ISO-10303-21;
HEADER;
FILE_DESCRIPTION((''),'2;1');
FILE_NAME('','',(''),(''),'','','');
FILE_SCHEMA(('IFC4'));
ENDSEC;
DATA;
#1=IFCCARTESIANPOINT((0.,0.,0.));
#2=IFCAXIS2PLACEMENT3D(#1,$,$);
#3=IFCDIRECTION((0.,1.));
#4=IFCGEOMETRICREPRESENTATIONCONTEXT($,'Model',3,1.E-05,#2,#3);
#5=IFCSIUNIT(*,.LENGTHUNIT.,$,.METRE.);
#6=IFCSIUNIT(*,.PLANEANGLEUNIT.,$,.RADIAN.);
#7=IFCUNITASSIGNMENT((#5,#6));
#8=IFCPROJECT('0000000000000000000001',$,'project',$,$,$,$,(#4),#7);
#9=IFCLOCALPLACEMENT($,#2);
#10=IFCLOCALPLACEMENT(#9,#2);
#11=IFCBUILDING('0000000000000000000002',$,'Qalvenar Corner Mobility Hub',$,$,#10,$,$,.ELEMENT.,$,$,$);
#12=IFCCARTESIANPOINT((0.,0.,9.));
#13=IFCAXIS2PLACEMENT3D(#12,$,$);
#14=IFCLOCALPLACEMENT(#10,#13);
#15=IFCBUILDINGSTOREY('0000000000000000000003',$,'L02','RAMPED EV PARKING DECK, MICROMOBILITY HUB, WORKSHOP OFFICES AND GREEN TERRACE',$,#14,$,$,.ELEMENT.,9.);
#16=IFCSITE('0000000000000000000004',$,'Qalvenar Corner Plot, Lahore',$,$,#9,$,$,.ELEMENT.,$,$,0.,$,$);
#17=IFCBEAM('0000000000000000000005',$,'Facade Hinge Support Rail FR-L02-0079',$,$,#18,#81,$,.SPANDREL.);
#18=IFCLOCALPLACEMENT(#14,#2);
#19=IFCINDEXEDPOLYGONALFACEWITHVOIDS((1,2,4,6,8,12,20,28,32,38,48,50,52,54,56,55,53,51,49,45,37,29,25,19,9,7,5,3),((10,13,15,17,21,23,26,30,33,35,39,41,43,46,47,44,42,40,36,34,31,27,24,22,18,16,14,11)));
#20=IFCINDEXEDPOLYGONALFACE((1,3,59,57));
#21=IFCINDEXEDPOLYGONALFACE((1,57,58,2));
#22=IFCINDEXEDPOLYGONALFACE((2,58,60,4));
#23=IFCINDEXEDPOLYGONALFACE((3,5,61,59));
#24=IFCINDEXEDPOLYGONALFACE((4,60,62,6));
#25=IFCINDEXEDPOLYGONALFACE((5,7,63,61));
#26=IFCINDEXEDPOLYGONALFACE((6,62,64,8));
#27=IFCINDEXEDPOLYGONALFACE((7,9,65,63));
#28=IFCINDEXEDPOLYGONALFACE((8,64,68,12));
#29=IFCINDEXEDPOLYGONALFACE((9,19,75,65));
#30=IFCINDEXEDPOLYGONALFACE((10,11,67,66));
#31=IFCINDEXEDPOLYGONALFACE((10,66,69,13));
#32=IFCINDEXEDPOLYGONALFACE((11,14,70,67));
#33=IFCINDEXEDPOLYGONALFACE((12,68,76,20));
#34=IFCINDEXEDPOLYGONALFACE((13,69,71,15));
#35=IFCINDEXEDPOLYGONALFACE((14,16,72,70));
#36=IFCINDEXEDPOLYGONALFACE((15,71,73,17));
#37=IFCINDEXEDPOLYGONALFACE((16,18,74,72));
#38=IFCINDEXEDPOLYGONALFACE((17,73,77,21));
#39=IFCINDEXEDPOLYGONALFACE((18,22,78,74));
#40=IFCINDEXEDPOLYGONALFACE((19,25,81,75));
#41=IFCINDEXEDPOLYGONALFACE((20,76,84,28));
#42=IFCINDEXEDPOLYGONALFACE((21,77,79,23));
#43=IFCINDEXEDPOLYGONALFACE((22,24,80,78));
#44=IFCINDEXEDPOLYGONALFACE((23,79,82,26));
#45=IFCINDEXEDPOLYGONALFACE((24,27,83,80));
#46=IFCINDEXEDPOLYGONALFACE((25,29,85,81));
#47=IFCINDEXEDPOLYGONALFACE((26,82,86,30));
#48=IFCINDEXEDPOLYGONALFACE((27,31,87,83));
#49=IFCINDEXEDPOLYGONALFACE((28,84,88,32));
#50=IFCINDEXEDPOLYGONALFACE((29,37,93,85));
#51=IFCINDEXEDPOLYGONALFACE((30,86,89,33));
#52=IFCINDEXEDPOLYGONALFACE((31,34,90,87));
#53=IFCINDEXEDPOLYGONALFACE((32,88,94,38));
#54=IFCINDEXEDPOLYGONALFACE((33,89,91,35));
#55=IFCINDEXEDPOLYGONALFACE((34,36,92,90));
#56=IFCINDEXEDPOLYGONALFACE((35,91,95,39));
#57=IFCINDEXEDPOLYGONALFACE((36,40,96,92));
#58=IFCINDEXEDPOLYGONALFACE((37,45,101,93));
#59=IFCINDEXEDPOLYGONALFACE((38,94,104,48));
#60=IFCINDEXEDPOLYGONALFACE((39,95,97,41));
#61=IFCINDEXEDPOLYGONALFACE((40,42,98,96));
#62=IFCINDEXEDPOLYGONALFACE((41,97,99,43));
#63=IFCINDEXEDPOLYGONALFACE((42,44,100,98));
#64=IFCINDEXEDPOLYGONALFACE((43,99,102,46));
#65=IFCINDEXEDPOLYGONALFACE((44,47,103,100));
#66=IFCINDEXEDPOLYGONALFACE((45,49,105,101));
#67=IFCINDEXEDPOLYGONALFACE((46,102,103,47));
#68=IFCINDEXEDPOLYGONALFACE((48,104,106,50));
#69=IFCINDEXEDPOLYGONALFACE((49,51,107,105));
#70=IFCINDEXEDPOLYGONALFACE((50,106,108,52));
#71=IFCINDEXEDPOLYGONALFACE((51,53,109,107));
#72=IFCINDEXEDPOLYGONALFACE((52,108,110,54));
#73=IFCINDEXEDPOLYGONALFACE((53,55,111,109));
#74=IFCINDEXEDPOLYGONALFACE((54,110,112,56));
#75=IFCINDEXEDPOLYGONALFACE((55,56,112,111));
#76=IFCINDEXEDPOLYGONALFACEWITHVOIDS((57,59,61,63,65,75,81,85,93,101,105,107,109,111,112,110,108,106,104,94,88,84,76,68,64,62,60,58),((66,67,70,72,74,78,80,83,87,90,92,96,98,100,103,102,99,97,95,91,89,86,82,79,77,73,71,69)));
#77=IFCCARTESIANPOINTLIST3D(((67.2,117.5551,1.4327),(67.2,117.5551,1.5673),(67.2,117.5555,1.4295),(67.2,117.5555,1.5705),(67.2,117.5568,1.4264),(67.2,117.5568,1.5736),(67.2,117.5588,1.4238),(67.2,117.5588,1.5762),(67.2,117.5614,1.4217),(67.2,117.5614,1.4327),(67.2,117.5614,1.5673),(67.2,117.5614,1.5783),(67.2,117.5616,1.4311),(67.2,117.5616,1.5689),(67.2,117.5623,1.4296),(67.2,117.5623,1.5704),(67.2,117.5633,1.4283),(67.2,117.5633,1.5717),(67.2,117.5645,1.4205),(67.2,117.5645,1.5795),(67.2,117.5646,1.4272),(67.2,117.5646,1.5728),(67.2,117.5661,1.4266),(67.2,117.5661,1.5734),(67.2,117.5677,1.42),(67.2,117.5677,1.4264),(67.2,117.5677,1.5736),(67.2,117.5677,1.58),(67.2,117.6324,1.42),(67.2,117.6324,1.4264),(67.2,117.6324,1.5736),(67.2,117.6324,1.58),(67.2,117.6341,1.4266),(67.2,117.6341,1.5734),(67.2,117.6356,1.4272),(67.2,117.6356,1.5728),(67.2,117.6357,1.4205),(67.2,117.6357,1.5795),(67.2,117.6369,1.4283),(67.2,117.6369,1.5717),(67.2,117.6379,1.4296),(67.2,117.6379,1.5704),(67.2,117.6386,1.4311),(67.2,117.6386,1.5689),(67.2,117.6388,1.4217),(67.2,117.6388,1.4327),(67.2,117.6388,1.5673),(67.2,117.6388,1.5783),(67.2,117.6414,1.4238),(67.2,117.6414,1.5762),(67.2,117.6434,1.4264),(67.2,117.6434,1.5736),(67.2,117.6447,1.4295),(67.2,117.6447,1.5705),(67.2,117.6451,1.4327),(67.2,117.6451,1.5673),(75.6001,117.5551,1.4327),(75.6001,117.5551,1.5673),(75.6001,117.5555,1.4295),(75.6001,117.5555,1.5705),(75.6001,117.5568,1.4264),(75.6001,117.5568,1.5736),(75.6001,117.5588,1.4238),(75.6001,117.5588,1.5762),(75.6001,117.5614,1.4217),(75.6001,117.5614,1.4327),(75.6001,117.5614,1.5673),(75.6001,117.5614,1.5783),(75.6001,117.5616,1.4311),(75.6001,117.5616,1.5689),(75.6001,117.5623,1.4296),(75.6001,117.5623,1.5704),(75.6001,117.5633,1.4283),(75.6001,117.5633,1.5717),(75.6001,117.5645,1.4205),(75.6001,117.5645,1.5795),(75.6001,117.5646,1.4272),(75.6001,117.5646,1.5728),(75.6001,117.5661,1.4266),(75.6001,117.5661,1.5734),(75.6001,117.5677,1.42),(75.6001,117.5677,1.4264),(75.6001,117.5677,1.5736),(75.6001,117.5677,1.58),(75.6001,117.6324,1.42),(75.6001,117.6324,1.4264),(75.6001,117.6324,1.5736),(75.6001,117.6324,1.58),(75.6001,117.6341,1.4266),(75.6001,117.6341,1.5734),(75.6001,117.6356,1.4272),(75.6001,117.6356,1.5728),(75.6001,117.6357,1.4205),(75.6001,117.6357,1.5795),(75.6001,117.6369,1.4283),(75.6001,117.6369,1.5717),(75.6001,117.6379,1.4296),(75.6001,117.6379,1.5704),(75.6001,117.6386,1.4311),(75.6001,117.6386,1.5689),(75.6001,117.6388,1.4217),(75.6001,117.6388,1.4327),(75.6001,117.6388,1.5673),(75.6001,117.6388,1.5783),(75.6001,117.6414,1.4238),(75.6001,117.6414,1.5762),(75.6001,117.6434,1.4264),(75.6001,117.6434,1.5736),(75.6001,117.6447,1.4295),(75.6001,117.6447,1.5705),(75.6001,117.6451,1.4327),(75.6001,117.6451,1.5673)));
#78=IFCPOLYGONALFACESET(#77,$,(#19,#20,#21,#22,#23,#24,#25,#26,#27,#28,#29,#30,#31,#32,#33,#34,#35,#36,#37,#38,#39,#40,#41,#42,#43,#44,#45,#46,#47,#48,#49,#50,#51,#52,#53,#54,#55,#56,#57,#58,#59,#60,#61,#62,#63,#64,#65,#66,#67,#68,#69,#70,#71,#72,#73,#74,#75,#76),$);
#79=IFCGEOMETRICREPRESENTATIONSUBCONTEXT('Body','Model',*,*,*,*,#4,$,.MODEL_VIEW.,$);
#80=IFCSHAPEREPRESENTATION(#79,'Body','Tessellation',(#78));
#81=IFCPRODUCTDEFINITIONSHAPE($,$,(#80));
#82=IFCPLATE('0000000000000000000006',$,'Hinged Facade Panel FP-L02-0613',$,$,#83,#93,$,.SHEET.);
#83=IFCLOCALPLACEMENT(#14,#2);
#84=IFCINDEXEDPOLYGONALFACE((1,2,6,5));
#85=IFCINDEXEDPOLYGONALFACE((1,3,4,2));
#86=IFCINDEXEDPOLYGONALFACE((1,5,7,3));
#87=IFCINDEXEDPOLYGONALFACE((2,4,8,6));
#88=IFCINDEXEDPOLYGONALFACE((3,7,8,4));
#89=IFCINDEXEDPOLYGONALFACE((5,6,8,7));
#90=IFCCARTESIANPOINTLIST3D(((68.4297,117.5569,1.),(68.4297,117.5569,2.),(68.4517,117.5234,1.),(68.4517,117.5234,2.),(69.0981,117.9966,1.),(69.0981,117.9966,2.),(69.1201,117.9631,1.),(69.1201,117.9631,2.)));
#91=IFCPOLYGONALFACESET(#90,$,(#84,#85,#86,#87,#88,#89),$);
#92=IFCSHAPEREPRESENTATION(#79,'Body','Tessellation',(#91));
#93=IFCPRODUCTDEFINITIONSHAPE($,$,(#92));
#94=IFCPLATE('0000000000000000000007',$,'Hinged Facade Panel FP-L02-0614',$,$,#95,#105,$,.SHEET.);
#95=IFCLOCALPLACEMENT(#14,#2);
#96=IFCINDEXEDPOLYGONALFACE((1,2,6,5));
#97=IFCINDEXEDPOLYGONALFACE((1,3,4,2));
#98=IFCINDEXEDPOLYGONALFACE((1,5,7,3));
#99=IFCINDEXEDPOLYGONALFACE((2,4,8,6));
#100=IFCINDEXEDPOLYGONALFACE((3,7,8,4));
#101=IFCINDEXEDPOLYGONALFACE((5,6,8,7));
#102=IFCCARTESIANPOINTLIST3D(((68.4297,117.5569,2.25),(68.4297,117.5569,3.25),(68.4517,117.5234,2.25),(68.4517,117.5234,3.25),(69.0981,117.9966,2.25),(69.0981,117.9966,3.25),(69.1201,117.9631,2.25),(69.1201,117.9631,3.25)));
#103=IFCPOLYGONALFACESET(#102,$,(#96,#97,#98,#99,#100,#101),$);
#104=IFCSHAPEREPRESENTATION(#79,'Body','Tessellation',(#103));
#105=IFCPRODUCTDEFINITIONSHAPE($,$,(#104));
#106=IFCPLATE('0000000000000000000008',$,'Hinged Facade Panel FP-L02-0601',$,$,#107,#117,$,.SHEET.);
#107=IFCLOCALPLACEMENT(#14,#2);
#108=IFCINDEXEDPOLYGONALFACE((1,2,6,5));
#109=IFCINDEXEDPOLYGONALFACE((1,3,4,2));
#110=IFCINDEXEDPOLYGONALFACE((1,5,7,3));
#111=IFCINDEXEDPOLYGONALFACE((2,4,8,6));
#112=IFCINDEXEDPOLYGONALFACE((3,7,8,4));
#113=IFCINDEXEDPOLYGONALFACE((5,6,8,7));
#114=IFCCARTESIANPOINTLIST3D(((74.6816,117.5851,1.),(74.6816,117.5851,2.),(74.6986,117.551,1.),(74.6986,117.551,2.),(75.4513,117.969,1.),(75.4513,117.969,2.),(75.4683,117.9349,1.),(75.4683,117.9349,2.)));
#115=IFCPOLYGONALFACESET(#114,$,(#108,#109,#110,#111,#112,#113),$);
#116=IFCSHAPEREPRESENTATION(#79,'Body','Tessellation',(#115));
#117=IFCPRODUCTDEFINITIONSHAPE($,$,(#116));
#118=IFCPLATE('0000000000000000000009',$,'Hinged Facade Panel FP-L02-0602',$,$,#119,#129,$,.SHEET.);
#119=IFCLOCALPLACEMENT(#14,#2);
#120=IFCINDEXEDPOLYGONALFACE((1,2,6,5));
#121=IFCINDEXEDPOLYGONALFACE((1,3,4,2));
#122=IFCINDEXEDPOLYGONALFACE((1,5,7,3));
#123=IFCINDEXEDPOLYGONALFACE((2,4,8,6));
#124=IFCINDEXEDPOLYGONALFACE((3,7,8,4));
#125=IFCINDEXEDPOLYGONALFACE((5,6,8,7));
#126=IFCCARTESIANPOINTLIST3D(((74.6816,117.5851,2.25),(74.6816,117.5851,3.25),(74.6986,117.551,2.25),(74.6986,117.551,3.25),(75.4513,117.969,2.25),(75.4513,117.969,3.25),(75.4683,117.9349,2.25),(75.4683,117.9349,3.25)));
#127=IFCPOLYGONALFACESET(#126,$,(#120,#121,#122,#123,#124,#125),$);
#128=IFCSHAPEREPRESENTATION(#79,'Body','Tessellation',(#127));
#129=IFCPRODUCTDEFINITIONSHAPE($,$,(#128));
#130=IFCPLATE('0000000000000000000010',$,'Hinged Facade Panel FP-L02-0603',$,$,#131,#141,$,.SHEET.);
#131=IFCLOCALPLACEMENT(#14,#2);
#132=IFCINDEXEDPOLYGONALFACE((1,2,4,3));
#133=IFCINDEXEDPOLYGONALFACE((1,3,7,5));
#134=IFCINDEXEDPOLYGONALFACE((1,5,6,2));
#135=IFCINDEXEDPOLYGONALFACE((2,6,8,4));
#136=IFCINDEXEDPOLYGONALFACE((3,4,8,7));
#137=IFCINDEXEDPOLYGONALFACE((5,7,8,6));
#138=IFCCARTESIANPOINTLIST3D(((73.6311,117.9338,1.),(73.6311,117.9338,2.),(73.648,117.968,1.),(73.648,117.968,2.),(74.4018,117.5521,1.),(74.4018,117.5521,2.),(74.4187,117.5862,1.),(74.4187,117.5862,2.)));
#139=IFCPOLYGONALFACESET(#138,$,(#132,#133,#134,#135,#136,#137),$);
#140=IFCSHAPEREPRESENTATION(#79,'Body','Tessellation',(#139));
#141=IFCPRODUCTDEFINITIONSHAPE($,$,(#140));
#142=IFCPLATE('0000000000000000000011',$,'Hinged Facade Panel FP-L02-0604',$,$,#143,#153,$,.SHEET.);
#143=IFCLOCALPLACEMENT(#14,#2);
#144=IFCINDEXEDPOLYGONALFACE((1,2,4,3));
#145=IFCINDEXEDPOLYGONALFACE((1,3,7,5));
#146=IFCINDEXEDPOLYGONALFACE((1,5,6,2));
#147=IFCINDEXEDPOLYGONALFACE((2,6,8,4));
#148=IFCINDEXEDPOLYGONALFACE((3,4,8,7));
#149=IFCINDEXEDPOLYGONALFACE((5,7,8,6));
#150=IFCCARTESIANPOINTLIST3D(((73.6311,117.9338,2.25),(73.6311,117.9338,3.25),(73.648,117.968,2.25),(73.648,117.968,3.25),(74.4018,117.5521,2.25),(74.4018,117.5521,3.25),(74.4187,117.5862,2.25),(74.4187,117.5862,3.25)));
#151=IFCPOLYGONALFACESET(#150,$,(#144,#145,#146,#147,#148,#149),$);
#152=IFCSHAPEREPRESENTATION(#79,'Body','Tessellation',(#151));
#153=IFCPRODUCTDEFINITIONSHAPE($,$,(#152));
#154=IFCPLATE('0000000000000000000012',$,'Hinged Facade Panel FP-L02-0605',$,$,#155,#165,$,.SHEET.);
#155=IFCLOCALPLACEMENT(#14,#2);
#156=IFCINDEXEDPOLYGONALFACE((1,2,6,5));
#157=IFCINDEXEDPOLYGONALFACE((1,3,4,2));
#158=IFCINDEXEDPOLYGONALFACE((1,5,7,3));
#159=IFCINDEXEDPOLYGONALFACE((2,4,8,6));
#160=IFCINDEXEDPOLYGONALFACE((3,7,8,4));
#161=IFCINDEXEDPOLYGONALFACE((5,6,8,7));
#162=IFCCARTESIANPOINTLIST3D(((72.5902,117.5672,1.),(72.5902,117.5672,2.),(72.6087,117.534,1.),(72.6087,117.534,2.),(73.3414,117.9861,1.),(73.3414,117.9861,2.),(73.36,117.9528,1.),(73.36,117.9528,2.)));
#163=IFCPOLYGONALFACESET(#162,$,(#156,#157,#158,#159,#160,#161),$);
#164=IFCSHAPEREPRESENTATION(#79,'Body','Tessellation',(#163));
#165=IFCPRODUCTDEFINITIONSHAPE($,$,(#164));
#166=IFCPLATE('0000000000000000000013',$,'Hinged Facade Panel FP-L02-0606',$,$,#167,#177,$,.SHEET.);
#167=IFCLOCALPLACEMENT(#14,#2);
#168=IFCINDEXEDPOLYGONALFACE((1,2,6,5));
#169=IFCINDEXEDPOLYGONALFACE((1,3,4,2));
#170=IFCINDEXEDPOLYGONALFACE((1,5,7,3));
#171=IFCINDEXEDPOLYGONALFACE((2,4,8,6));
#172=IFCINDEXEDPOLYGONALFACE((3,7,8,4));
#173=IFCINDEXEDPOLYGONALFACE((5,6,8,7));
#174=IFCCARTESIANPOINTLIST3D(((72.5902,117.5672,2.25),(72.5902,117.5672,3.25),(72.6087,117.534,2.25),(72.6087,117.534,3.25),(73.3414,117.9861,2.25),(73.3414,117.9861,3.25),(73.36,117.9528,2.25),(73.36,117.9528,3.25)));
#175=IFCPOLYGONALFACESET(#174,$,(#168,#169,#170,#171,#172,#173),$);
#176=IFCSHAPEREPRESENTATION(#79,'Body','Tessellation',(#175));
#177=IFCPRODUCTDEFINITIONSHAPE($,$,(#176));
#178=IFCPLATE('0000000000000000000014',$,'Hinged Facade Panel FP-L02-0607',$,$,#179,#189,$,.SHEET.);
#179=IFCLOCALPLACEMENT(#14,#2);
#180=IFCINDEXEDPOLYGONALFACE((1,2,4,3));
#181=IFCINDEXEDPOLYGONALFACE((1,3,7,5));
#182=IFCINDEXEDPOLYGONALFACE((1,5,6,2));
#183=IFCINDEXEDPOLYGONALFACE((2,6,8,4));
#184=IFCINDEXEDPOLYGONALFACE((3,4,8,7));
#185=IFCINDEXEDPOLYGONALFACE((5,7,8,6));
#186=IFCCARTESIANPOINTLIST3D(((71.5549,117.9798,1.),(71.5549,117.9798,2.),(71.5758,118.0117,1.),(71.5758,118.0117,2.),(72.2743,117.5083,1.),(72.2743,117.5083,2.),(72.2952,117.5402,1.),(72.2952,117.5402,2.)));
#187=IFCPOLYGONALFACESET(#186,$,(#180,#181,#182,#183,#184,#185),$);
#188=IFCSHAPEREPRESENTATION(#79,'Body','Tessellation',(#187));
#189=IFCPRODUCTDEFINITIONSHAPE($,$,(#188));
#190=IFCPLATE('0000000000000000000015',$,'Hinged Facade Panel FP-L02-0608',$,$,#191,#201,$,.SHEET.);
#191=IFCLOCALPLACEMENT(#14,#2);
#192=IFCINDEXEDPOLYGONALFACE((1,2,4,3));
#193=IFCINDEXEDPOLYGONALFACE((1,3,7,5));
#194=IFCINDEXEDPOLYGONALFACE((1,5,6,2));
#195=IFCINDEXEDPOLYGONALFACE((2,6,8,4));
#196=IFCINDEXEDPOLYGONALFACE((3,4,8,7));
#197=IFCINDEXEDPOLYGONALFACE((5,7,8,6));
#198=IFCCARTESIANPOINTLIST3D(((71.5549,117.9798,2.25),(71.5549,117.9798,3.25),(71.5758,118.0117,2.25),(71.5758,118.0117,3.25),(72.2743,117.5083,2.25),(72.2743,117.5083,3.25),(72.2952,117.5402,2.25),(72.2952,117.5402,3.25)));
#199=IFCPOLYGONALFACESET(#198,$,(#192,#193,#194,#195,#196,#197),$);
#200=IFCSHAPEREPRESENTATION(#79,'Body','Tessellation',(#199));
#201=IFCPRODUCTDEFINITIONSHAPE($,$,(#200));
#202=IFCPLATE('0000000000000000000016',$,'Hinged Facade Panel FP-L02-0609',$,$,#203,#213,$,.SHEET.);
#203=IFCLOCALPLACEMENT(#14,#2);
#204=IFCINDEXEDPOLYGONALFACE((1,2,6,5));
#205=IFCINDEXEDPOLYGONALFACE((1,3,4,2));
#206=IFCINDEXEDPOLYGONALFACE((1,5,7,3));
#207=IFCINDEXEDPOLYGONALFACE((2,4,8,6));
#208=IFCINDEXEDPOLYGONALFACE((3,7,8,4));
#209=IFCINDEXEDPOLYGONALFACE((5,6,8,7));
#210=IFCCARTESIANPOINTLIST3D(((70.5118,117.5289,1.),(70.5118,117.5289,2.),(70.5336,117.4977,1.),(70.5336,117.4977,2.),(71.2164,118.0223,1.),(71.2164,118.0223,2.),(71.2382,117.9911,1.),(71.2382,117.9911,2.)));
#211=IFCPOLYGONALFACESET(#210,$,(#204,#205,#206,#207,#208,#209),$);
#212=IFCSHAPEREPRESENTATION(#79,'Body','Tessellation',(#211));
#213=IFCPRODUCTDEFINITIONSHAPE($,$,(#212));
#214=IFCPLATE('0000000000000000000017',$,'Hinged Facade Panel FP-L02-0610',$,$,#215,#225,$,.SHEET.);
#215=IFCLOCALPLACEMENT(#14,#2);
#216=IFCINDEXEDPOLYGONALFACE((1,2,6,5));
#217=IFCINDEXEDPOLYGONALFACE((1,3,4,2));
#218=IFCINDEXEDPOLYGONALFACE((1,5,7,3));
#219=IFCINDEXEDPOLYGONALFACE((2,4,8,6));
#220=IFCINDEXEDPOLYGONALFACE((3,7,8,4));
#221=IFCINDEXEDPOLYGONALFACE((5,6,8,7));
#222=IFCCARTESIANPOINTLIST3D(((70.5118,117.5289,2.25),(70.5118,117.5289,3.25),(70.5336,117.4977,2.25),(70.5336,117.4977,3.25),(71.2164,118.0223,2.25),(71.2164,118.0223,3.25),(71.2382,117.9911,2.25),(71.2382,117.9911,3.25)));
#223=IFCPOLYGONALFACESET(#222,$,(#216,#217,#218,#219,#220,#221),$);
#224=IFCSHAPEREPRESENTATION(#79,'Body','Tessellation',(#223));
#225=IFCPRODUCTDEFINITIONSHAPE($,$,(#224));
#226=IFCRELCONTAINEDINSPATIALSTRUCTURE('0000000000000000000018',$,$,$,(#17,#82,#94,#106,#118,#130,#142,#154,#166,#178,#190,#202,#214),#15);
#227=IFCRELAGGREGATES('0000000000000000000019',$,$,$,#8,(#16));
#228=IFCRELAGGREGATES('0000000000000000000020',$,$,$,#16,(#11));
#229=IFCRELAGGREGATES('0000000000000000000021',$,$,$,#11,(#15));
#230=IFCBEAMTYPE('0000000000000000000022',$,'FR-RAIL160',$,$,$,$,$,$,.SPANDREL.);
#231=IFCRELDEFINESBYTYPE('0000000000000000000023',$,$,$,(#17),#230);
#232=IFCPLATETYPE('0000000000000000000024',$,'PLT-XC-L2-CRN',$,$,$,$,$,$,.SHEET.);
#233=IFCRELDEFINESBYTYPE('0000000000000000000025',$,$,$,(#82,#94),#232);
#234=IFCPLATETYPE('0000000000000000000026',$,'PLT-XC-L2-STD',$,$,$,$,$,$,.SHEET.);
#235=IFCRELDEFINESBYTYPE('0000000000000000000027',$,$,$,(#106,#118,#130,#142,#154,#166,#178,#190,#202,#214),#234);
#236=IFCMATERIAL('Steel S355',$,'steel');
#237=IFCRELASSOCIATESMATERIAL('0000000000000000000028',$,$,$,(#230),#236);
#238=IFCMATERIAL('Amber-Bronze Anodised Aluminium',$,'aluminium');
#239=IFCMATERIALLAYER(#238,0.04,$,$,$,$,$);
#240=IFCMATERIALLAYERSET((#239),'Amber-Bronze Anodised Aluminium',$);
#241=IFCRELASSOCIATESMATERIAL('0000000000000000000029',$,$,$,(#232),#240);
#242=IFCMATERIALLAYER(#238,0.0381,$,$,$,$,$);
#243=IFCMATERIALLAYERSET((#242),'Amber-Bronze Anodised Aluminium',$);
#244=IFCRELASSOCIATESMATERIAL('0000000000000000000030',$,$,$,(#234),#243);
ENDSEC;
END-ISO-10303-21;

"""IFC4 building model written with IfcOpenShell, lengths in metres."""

from ifc_helpers import new_model, si_unit, direction, frame, origin, origin_2d, place, context, subcontext, project, spatial, rectangle, hollow_rectangle, extrude, material, layer, layer_set, material_profile, profile_set, type_object, element, save


model = new_model("IFC4")

# Units and contexts
model_context = context("Model", 3, precision=1e-05, world=origin(), true_north=direction((0.0, 1.0)))
body_context = subcontext(model_context, "Body", "Model", "MODEL_VIEW")
ifc_project = project(units=[si_unit("LENGTHUNIT", "METRE"), si_unit("PLANEANGLEUNIT", "RADIAN")], contexts=[model_context])

# Site, building, storey
site_placement = place(None, origin())
site = spatial("IfcSite", under=ifc_project, at=site_placement, Name="Qalvenar Corner Plot, Lahore", CompositionType="ELEMENT", RefElevation=0.0)
building_placement = place(site_placement, origin())
building = spatial("IfcBuilding", under=site, at=building_placement, Name="Qalvenar Corner Mobility Hub", CompositionType="ELEMENT")
storey_placement = place(building_placement, frame((0.0, 0.0, 9.0)))
storey = spatial("IfcBuildingStorey", under=building, at=storey_placement, Name="L02", Description="RAMPED EV PARKING DECK, MICROMOBILITY HUB, WORKSHOP OFFICES AND GREEN TERRACE", CompositionType="ELEMENT", Elevation=9.0)

# Shared definitions
ifc_material_1 = material(Name="Steel S355", Category="steel")

# Beam
ifc_material_profile_1 = material_profile(ifc_material_1, hollow_rectangle(XDim=0.0901, YDim=0.1599, WallThickness=0.0063, InnerFilletRadius=0.0063, OuterFilletRadius=0.0127, at=origin_2d()), Name="RHS160x90x6.3")
ifc_profile_set_1 = profile_set([ifc_material_profile_1], Name="Steel S355")
beam_type_1 = type_object("IfcBeamType", Name="FR-RAIL160", PredefinedType="SPANDREL", material=ifc_profile_set_1)
beam_1_placement = place(storey_placement, frame((75.6001, 117.6001, 1.5), z_axis=(-1.0, 0.0, 0.0), x_axis=(0.0, -1.0, 0.0)))
element("IfcBeam", 1, at=beam_1_placement, inside=storey, type_object=beam_type_1, Name="Facade Hinge Support Rail FR-L02-0079", PredefinedType="SPANDREL", context=body_context, shape_type="SweptSolid", body=[
    extrude(hollow_rectangle(XDim=0.0901, YDim=0.1599, WallThickness=0.0063, InnerFilletRadius=0.0063, OuterFilletRadius=0.0127, at=origin_2d()), origin(), (0.0, 0.0, 1.0), 8.4001),
])

# Plates
ifc_material_2 = material(Name="Amber-Bronze Anodised Aluminium", Category="aluminium")
ifc_layer_1 = layer(ifc_material_2, 0.04)
ifc_layer_set_1 = layer_set([ifc_layer_1], Name="Amber-Bronze Anodised Aluminium")
plate_type_1 = type_object("IfcPlateType", Name="PLT-XC-L2-CRN", PredefinedType="SHEET", material=ifc_layer_set_1)
for number, where, z_axis, x_axis, name in (
    (2, (68.7749, 117.76, 1.0), (0.0, 0.0, 1.0), (-0.835424, -0.549606, 0.0), "Hinged Facade Panel FP-L02-0613"),
    (3, (68.7749, 117.76, 2.25), (0.0, 0.0, 1.0), (-0.835424, -0.549606, 0.0), "Hinged Facade Panel FP-L02-0614"),
):
    element("IfcPlate", number, at=place(storey_placement, frame(where, z_axis=z_axis, x_axis=x_axis)), inside=storey, type_object=plate_type_1, Name=name, PredefinedType="SHEET", context=body_context, shape_type="SweptSolid", body=[
        extrude(rectangle(XDim=0.8, YDim=0.04, at=origin_2d()), origin(), (0.0, 0.0, 1.0), 1.0),
    ])
ifc_layer_2 = layer(ifc_material_2, 0.0381)
ifc_layer_set_2 = layer_set([ifc_layer_2], Name="Amber-Bronze Anodised Aluminium")
plate_type_2 = type_object("IfcPlateType", Name="PLT-XC-L2-STD", PredefinedType="SHEET", material=ifc_layer_set_2)
for number, where, z_axis, x_axis, name in (
    (4, (75.075, 117.76, 1.0), (0.0, 0.0, 1.0), (-0.894856, -0.446354, 0.0), "Hinged Facade Panel FP-L02-0601"),
    (5, (75.075, 117.76, 2.25), (0.0, 0.0, 1.0), (-0.894856, -0.446354, 0.0), "Hinged Facade Panel FP-L02-0602"),
    (6, (74.0249, 117.76, 1.0), (0.0, 0.0, 1.0), (-0.896099, 0.443853, 0.0), "Hinged Facade Panel FP-L02-0603"),
    (7, (74.0249, 117.76, 2.25), (0.0, 0.0, 1.0), (-0.896099, 0.443853, 0.0), "Hinged Facade Panel FP-L02-0604"),
    (8, (72.9751, 117.76, 1.0), (0.0, 0.0, 1.0), (-0.873432, -0.486945, 0.0), "Hinged Facade Panel FP-L02-0605"),
    (9, (72.9751, 117.76, 2.25), (0.0, 0.0, 1.0), (-0.873432, -0.486945, 0.0), "Hinged Facade Panel FP-L02-0606"),
    (10, (71.925, 117.76, 1.0), (0.0, 0.0, 1.0), (-0.836382, 0.548147, 0.0), "Hinged Facade Panel FP-L02-0607"),
    (11, (71.925, 117.76, 2.25), (0.0, 0.0, 1.0), (-0.836382, 0.548147, 0.0), "Hinged Facade Panel FP-L02-0608"),
    (12, (70.875, 117.76, 1.0), (0.0, 0.0, 1.0), (-0.819152, -0.573576, 0.0), "Hinged Facade Panel FP-L02-0609"),
    (13, (70.875, 117.76, 2.25), (0.0, 0.0, 1.0), (-0.819152, -0.573576, 0.0), "Hinged Facade Panel FP-L02-0610"),
):
    element("IfcPlate", number, at=place(storey_placement, frame(where, z_axis=z_axis, x_axis=x_axis)), inside=storey, type_object=plate_type_2, Name=name, PredefinedType="SHEET", context=body_context, shape_type="SweptSolid", body=[
        extrude(rectangle(XDim=0.8601, YDim=0.0381, at=origin_2d()), origin(), (0.0, 0.0, 1.0), 1.0),
    ])

save(model, "model.ifc")
